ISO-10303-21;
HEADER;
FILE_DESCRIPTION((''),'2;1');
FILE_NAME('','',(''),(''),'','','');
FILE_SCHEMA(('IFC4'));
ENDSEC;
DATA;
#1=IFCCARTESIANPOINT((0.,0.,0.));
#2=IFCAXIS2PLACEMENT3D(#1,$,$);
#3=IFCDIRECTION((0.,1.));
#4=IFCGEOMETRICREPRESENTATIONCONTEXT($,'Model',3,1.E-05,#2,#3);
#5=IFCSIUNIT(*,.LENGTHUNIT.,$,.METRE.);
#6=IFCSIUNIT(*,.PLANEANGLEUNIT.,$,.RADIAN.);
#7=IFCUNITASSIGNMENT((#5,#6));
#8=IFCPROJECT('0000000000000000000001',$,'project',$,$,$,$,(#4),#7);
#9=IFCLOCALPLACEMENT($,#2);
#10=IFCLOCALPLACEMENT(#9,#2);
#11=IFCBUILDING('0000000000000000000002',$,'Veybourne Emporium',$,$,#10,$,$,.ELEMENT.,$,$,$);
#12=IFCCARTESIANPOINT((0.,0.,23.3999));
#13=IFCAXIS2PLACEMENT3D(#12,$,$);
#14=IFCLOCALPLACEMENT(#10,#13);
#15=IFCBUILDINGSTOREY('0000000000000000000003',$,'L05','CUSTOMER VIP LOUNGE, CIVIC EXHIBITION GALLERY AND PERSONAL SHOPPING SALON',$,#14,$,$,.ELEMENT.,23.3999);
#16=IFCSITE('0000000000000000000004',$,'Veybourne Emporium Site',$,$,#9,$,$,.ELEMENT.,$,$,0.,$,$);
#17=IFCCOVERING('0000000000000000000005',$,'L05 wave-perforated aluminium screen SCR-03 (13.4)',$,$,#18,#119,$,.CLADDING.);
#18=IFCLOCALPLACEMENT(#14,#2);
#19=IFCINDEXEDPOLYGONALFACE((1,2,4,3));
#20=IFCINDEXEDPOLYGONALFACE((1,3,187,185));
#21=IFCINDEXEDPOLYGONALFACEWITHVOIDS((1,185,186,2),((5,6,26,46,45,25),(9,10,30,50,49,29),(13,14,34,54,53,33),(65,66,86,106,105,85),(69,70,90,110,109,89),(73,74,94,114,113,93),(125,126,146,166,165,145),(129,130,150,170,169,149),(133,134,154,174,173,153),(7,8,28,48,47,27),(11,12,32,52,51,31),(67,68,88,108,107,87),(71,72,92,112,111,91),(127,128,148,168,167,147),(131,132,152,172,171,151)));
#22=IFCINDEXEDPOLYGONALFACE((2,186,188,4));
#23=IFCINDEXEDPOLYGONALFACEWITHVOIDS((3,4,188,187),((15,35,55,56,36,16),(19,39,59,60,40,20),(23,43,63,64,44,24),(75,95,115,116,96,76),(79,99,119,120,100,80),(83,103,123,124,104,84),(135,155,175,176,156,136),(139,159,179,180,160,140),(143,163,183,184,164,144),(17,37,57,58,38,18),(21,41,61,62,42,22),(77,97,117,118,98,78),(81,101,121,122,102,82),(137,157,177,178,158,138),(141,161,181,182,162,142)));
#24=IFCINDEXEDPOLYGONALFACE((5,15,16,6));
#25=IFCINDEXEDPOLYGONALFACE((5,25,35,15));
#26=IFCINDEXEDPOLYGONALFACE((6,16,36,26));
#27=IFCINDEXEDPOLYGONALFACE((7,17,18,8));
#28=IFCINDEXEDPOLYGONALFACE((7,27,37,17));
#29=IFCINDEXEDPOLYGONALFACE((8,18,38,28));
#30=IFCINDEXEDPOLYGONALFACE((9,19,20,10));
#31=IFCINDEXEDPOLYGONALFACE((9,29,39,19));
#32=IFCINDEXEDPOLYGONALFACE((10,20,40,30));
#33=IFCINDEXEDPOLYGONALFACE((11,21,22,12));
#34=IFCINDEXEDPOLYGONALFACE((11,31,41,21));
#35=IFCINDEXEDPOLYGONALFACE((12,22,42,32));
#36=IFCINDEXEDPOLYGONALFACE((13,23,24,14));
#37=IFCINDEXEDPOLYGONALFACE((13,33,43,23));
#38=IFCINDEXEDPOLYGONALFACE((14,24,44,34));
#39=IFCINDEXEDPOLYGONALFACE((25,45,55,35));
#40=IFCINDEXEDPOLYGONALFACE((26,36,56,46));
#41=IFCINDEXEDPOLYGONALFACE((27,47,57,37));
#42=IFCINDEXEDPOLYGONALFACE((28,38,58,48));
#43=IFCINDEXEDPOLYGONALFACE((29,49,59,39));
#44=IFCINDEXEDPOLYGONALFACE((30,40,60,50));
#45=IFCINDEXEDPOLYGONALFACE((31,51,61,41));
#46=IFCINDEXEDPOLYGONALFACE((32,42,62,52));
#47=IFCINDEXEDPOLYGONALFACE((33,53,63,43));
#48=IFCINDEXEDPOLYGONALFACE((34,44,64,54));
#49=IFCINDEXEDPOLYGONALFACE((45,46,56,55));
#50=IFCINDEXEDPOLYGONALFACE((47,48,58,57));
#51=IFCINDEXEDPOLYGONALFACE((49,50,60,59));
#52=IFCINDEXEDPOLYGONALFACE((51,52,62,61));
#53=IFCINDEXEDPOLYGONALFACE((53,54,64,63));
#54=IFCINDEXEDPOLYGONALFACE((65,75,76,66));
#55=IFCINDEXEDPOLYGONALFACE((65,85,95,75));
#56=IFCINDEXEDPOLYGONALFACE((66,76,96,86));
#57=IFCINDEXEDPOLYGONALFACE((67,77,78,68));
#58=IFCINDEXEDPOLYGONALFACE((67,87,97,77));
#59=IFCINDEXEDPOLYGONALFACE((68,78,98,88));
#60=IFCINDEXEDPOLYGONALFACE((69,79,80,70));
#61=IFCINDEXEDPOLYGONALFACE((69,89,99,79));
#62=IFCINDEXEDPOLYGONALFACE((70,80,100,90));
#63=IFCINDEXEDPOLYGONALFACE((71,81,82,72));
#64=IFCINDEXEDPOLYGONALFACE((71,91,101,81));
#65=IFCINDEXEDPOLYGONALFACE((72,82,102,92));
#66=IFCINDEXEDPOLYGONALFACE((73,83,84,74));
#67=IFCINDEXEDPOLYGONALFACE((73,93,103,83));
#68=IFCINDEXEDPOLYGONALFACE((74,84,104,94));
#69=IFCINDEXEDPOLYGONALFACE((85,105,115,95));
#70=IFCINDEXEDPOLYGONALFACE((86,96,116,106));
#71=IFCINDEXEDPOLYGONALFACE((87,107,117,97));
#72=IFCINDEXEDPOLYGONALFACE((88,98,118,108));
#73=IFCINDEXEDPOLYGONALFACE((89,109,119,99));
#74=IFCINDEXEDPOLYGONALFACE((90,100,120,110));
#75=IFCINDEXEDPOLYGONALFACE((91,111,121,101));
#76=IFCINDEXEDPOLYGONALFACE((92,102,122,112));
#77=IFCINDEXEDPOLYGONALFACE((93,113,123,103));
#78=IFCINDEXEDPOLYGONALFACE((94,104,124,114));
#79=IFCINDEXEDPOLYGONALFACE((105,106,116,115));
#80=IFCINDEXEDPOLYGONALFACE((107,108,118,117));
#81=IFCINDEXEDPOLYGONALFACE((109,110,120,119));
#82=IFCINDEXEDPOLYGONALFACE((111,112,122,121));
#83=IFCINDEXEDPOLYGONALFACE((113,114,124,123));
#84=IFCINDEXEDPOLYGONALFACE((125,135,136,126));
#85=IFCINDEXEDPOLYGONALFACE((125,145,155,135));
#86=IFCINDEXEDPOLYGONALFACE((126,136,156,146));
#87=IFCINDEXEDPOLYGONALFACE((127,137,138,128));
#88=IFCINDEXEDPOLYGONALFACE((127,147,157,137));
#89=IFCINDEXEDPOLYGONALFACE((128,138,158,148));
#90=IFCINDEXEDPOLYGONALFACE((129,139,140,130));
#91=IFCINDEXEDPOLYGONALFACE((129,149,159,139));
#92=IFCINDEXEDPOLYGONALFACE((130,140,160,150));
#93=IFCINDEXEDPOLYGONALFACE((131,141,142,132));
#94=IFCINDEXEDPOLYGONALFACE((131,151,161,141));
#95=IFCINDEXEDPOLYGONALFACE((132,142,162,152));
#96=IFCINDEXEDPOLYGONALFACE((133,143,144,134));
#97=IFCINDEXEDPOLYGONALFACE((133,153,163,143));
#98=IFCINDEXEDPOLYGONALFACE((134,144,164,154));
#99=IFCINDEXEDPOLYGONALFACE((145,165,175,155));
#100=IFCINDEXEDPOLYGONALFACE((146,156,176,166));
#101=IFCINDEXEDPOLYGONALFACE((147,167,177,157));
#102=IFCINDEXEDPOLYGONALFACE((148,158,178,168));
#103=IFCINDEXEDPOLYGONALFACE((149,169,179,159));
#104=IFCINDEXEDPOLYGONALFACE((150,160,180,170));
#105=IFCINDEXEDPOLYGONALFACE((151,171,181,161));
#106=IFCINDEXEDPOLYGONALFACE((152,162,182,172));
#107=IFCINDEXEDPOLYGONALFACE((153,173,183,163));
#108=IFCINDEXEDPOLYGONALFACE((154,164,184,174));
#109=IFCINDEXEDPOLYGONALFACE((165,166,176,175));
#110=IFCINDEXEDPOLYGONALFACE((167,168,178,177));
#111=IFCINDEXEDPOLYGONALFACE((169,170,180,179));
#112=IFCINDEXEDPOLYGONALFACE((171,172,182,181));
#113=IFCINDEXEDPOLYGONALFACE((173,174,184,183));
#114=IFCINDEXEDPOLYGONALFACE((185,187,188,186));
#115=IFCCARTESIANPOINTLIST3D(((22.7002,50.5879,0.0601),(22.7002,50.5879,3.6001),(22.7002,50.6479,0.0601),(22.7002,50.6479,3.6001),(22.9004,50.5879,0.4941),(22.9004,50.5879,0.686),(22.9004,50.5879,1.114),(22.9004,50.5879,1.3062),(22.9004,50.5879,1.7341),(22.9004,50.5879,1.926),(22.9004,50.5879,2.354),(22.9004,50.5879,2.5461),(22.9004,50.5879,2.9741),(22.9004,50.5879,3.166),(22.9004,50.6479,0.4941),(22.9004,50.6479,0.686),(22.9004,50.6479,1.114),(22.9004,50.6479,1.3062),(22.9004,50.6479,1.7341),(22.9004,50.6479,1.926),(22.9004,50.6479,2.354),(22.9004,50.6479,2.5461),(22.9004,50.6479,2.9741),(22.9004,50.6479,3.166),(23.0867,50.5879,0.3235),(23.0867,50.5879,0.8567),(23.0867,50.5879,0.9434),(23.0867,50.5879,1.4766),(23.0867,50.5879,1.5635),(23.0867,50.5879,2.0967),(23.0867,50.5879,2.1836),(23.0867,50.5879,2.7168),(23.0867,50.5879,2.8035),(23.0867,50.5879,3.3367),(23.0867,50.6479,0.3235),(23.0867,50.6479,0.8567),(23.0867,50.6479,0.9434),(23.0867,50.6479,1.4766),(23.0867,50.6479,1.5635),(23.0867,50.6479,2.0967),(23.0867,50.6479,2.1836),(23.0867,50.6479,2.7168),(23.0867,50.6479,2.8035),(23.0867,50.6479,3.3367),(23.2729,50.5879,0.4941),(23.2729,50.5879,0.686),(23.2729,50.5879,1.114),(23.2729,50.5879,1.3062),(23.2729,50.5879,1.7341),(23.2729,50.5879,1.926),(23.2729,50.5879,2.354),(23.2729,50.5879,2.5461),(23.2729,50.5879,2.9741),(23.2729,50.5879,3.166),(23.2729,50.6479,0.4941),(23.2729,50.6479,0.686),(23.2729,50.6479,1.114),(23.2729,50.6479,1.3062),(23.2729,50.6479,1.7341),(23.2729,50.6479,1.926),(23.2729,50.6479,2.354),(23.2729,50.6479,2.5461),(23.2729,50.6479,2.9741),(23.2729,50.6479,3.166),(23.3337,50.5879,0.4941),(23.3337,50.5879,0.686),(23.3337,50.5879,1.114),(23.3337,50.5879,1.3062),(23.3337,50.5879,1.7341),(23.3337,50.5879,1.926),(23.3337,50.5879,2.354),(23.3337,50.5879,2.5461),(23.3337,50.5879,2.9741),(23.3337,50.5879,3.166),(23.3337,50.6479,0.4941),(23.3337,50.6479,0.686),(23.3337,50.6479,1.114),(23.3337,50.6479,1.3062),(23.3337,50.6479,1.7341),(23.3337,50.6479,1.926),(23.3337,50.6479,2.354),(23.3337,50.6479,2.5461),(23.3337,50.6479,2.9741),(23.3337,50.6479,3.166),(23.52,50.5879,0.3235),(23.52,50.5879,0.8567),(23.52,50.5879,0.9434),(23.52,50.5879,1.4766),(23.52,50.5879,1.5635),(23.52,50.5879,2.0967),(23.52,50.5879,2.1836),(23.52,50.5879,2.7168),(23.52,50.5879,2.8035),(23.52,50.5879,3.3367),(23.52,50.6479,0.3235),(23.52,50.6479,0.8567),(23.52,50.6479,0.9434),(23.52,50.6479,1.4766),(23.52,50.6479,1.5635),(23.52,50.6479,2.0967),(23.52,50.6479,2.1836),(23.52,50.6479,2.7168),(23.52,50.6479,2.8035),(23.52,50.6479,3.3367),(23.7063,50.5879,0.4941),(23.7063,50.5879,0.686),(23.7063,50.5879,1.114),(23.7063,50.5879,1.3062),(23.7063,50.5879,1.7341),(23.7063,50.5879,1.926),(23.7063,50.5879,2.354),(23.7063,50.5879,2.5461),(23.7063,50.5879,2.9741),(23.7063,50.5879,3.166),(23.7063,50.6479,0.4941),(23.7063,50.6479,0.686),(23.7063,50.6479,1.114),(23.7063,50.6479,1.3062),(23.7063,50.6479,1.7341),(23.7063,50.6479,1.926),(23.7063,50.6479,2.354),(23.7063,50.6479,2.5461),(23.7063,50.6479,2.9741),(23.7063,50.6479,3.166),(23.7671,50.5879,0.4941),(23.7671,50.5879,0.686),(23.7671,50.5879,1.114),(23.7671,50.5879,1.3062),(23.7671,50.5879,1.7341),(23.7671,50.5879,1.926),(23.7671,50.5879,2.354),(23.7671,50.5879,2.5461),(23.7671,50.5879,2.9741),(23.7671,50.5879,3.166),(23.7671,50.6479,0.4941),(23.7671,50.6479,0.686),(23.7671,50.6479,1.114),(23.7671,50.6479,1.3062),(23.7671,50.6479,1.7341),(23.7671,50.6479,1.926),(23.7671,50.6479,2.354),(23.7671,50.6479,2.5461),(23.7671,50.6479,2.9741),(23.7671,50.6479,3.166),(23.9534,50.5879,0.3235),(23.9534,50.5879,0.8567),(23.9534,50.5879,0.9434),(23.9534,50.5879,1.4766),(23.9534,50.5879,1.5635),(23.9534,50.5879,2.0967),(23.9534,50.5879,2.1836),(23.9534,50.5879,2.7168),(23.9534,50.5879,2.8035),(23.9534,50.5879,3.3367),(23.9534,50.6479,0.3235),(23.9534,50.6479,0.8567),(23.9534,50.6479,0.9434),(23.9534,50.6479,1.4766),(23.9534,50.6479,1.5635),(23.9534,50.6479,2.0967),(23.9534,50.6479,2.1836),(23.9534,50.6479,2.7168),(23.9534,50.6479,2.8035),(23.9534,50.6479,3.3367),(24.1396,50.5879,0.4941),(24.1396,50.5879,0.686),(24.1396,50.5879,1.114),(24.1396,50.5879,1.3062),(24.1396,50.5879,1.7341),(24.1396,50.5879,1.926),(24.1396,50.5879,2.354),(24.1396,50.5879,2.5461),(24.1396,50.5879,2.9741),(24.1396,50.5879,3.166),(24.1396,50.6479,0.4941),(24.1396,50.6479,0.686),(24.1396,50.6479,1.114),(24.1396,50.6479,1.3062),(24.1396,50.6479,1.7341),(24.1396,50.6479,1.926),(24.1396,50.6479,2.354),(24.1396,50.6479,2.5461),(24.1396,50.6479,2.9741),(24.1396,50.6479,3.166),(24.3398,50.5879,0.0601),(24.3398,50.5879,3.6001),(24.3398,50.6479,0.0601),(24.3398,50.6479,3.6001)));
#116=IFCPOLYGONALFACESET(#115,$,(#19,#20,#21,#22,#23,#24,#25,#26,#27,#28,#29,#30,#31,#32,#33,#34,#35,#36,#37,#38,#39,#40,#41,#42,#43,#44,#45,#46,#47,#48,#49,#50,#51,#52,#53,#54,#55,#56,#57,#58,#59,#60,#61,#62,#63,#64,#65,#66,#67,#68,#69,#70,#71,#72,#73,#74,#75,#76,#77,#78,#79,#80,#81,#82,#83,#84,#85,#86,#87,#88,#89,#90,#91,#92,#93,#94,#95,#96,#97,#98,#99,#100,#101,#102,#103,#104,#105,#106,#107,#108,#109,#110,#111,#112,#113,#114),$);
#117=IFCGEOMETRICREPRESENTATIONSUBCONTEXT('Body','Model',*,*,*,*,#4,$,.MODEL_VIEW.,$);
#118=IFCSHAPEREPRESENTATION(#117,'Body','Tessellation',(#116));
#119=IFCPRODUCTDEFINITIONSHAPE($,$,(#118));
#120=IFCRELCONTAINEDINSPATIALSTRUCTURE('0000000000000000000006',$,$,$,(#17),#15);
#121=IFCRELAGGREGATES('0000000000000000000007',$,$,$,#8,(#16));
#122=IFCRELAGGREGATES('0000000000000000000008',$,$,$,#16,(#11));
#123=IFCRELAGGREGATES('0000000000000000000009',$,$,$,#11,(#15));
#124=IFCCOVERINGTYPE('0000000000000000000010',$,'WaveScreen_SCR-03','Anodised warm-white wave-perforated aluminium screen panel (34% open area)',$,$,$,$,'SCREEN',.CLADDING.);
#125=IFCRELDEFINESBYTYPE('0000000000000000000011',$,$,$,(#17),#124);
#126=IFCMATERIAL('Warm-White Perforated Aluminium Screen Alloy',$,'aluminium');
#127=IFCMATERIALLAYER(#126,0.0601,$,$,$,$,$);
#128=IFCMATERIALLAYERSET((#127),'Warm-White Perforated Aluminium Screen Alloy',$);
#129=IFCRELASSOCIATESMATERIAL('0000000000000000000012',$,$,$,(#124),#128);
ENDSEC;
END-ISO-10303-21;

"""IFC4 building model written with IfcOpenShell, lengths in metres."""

from ifc_helpers import new_model, si_unit, direction, frame, origin, place, context, subcontext, project, spatial, polyline, outline, extrude, material, layer, layer_set, type_object, element, save


model = new_model("IFC4")

# Units and contexts
model_context = context("Model", 3, precision=1e-05, world=origin(), true_north=direction((0.0, 1.0)))
body_context = subcontext(model_context, "Body", "Model", "MODEL_VIEW")
ifc_project = project(units=[si_unit("LENGTHUNIT", "METRE"), si_unit("PLANEANGLEUNIT", "RADIAN")], contexts=[model_context])

# Site, building, storey
site_placement = place(None, origin())
site = spatial("IfcSite", under=ifc_project, at=site_placement, Name="Veybourne Emporium Site", CompositionType="ELEMENT", RefElevation=0.0)
building_placement = place(site_placement, origin())
building = spatial("IfcBuilding", under=site, at=building_placement, Name="Veybourne Emporium", CompositionType="ELEMENT")
storey_placement = place(building_placement, frame((0.0, 0.0, 23.3999)))
storey = spatial("IfcBuildingStorey", under=building, at=storey_placement, Name="L05", Description="CUSTOMER VIP LOUNGE, CIVIC EXHIBITION GALLERY AND PERSONAL SHOPPING SALON", CompositionType="ELEMENT", Elevation=23.3999)

# Covering
ifc_material_1 = material(Name="Warm-White Perforated Aluminium Screen Alloy", Category="aluminium")
ifc_layer_1 = layer(ifc_material_1, 0.0601)
ifc_layer_set_1 = layer_set([ifc_layer_1], Name="Warm-White Perforated Aluminium Screen Alloy")
covering_type_1 = type_object("IfcCoveringType", Name="WaveScreen_SCR-03", Description="Anodised warm-white wave-perforated aluminium screen panel (34% open area)", ElementType="SCREEN", PredefinedType="CLADDING", material=ifc_layer_set_1)
covering_1_placement = place(storey_placement, frame((23.52, 50.6479, 1.8301), z_axis=(0.0, -1.0, 0.0), x_axis=(1.0, 0.0, 0.0)))
element("IfcCovering", 1, at=covering_1_placement, inside=storey, type_object=covering_type_1, Name="L05 wave-perforated aluminium screen SCR-03 (13.4)", PredefinedType="CLADDING", context=body_context, shape_type="SweptSolid", body=[
    extrude(outline(polyline([(-0.8198, -1.77), (0.8198, -1.77), (0.8198, 1.77), (-0.8198, 1.77), (-0.8198, -1.77)]), holes=[polyline([(-0.4333, -0.9734), (-0.2471, -1.144), (-0.2471, -1.3359), (-0.4333, -1.5066), (-0.6196, -1.3359), (-0.6196, -1.144), (-0.4333, -0.9734)]), polyline([(-0.4333, -0.3535), (-0.2471, -0.5239), (-0.2471, -0.7161), (-0.4333, -0.8867), (-0.6196, -0.7161), (-0.6196, -0.5239), (-0.4333, -0.3535)]), polyline([(-0.4333, 0.2666), (-0.2471, 0.0959), (-0.2471, -0.0959), (-0.4333, -0.2666), (-0.6196, -0.0959), (-0.6196, 0.0959), (-0.4333, 0.2666)]), polyline([(-0.4333, 0.8867), (-0.2471, 0.7161), (-0.2471, 0.5239), (-0.4333, 0.3535), (-0.6196, 0.5239), (-0.6196, 0.7161), (-0.4333, 0.8867)]), polyline([(-0.4333, 1.5066), (-0.2471, 1.3359), (-0.2471, 1.144), (-0.4333, 0.9734), (-0.6196, 1.144), (-0.6196, 1.3359), (-0.4333, 1.5066)]), polyline([(0.0, -0.9734), (0.1863, -1.144), (0.1863, -1.3359), (0.0, -1.5066), (-0.1863, -1.3359), (-0.1863, -1.144), (0.0, -0.9734)]), polyline([(0.0, -0.3535), (0.1863, -0.5239), (0.1863, -0.7161), (0.0, -0.8867), (-0.1863, -0.7161), (-0.1863, -0.5239), (0.0, -0.3535)]), polyline([(0.0, 0.2666), (0.1863, 0.0959), (0.1863, -0.0959), (0.0, -0.2666), (-0.1863, -0.0959), (-0.1863, 0.0959), (0.0, 0.2666)]), polyline([(0.0, 0.8867), (0.1863, 0.7161), (0.1863, 0.5239), (0.0, 0.3535), (-0.1863, 0.5239), (-0.1863, 0.7161), (0.0, 0.8867)]), polyline([(0.0, 1.5066), (0.1863, 1.3359), (0.1863, 1.144), (0.0, 0.9734), (-0.1863, 1.144), (-0.1863, 1.3359), (0.0, 1.5066)]), polyline([(0.4333, -0.9734), (0.6196, -1.144), (0.6196, -1.3359), (0.4333, -1.5066), (0.2471, -1.3359), (0.2471, -1.144), (0.4333, -0.9734)]), polyline([(0.4333, -0.3535), (0.6196, -0.5239), (0.6196, -0.7161), (0.4333, -0.8867), (0.2471, -0.7161), (0.2471, -0.5239), (0.4333, -0.3535)]), polyline([(0.4333, 0.2666), (0.6196, 0.0959), (0.6196, -0.0959), (0.4333, -0.2666), (0.2471, -0.0959), (0.2471, 0.0959), (0.4333, 0.2666)]), polyline([(0.4333, 0.8867), (0.6196, 0.7161), (0.6196, 0.5239), (0.4333, 0.3535), (0.2471, 0.5239), (0.2471, 0.7161), (0.4333, 0.8867)]), polyline([(0.4333, 1.5066), (0.6196, 1.3359), (0.6196, 1.144), (0.4333, 0.9734), (0.2471, 1.144), (0.2471, 1.3359), (0.4333, 1.5066)])]), origin(), (0.0, 0.0, 1.0), 0.0601),
])

save(model, "model.ifc")
